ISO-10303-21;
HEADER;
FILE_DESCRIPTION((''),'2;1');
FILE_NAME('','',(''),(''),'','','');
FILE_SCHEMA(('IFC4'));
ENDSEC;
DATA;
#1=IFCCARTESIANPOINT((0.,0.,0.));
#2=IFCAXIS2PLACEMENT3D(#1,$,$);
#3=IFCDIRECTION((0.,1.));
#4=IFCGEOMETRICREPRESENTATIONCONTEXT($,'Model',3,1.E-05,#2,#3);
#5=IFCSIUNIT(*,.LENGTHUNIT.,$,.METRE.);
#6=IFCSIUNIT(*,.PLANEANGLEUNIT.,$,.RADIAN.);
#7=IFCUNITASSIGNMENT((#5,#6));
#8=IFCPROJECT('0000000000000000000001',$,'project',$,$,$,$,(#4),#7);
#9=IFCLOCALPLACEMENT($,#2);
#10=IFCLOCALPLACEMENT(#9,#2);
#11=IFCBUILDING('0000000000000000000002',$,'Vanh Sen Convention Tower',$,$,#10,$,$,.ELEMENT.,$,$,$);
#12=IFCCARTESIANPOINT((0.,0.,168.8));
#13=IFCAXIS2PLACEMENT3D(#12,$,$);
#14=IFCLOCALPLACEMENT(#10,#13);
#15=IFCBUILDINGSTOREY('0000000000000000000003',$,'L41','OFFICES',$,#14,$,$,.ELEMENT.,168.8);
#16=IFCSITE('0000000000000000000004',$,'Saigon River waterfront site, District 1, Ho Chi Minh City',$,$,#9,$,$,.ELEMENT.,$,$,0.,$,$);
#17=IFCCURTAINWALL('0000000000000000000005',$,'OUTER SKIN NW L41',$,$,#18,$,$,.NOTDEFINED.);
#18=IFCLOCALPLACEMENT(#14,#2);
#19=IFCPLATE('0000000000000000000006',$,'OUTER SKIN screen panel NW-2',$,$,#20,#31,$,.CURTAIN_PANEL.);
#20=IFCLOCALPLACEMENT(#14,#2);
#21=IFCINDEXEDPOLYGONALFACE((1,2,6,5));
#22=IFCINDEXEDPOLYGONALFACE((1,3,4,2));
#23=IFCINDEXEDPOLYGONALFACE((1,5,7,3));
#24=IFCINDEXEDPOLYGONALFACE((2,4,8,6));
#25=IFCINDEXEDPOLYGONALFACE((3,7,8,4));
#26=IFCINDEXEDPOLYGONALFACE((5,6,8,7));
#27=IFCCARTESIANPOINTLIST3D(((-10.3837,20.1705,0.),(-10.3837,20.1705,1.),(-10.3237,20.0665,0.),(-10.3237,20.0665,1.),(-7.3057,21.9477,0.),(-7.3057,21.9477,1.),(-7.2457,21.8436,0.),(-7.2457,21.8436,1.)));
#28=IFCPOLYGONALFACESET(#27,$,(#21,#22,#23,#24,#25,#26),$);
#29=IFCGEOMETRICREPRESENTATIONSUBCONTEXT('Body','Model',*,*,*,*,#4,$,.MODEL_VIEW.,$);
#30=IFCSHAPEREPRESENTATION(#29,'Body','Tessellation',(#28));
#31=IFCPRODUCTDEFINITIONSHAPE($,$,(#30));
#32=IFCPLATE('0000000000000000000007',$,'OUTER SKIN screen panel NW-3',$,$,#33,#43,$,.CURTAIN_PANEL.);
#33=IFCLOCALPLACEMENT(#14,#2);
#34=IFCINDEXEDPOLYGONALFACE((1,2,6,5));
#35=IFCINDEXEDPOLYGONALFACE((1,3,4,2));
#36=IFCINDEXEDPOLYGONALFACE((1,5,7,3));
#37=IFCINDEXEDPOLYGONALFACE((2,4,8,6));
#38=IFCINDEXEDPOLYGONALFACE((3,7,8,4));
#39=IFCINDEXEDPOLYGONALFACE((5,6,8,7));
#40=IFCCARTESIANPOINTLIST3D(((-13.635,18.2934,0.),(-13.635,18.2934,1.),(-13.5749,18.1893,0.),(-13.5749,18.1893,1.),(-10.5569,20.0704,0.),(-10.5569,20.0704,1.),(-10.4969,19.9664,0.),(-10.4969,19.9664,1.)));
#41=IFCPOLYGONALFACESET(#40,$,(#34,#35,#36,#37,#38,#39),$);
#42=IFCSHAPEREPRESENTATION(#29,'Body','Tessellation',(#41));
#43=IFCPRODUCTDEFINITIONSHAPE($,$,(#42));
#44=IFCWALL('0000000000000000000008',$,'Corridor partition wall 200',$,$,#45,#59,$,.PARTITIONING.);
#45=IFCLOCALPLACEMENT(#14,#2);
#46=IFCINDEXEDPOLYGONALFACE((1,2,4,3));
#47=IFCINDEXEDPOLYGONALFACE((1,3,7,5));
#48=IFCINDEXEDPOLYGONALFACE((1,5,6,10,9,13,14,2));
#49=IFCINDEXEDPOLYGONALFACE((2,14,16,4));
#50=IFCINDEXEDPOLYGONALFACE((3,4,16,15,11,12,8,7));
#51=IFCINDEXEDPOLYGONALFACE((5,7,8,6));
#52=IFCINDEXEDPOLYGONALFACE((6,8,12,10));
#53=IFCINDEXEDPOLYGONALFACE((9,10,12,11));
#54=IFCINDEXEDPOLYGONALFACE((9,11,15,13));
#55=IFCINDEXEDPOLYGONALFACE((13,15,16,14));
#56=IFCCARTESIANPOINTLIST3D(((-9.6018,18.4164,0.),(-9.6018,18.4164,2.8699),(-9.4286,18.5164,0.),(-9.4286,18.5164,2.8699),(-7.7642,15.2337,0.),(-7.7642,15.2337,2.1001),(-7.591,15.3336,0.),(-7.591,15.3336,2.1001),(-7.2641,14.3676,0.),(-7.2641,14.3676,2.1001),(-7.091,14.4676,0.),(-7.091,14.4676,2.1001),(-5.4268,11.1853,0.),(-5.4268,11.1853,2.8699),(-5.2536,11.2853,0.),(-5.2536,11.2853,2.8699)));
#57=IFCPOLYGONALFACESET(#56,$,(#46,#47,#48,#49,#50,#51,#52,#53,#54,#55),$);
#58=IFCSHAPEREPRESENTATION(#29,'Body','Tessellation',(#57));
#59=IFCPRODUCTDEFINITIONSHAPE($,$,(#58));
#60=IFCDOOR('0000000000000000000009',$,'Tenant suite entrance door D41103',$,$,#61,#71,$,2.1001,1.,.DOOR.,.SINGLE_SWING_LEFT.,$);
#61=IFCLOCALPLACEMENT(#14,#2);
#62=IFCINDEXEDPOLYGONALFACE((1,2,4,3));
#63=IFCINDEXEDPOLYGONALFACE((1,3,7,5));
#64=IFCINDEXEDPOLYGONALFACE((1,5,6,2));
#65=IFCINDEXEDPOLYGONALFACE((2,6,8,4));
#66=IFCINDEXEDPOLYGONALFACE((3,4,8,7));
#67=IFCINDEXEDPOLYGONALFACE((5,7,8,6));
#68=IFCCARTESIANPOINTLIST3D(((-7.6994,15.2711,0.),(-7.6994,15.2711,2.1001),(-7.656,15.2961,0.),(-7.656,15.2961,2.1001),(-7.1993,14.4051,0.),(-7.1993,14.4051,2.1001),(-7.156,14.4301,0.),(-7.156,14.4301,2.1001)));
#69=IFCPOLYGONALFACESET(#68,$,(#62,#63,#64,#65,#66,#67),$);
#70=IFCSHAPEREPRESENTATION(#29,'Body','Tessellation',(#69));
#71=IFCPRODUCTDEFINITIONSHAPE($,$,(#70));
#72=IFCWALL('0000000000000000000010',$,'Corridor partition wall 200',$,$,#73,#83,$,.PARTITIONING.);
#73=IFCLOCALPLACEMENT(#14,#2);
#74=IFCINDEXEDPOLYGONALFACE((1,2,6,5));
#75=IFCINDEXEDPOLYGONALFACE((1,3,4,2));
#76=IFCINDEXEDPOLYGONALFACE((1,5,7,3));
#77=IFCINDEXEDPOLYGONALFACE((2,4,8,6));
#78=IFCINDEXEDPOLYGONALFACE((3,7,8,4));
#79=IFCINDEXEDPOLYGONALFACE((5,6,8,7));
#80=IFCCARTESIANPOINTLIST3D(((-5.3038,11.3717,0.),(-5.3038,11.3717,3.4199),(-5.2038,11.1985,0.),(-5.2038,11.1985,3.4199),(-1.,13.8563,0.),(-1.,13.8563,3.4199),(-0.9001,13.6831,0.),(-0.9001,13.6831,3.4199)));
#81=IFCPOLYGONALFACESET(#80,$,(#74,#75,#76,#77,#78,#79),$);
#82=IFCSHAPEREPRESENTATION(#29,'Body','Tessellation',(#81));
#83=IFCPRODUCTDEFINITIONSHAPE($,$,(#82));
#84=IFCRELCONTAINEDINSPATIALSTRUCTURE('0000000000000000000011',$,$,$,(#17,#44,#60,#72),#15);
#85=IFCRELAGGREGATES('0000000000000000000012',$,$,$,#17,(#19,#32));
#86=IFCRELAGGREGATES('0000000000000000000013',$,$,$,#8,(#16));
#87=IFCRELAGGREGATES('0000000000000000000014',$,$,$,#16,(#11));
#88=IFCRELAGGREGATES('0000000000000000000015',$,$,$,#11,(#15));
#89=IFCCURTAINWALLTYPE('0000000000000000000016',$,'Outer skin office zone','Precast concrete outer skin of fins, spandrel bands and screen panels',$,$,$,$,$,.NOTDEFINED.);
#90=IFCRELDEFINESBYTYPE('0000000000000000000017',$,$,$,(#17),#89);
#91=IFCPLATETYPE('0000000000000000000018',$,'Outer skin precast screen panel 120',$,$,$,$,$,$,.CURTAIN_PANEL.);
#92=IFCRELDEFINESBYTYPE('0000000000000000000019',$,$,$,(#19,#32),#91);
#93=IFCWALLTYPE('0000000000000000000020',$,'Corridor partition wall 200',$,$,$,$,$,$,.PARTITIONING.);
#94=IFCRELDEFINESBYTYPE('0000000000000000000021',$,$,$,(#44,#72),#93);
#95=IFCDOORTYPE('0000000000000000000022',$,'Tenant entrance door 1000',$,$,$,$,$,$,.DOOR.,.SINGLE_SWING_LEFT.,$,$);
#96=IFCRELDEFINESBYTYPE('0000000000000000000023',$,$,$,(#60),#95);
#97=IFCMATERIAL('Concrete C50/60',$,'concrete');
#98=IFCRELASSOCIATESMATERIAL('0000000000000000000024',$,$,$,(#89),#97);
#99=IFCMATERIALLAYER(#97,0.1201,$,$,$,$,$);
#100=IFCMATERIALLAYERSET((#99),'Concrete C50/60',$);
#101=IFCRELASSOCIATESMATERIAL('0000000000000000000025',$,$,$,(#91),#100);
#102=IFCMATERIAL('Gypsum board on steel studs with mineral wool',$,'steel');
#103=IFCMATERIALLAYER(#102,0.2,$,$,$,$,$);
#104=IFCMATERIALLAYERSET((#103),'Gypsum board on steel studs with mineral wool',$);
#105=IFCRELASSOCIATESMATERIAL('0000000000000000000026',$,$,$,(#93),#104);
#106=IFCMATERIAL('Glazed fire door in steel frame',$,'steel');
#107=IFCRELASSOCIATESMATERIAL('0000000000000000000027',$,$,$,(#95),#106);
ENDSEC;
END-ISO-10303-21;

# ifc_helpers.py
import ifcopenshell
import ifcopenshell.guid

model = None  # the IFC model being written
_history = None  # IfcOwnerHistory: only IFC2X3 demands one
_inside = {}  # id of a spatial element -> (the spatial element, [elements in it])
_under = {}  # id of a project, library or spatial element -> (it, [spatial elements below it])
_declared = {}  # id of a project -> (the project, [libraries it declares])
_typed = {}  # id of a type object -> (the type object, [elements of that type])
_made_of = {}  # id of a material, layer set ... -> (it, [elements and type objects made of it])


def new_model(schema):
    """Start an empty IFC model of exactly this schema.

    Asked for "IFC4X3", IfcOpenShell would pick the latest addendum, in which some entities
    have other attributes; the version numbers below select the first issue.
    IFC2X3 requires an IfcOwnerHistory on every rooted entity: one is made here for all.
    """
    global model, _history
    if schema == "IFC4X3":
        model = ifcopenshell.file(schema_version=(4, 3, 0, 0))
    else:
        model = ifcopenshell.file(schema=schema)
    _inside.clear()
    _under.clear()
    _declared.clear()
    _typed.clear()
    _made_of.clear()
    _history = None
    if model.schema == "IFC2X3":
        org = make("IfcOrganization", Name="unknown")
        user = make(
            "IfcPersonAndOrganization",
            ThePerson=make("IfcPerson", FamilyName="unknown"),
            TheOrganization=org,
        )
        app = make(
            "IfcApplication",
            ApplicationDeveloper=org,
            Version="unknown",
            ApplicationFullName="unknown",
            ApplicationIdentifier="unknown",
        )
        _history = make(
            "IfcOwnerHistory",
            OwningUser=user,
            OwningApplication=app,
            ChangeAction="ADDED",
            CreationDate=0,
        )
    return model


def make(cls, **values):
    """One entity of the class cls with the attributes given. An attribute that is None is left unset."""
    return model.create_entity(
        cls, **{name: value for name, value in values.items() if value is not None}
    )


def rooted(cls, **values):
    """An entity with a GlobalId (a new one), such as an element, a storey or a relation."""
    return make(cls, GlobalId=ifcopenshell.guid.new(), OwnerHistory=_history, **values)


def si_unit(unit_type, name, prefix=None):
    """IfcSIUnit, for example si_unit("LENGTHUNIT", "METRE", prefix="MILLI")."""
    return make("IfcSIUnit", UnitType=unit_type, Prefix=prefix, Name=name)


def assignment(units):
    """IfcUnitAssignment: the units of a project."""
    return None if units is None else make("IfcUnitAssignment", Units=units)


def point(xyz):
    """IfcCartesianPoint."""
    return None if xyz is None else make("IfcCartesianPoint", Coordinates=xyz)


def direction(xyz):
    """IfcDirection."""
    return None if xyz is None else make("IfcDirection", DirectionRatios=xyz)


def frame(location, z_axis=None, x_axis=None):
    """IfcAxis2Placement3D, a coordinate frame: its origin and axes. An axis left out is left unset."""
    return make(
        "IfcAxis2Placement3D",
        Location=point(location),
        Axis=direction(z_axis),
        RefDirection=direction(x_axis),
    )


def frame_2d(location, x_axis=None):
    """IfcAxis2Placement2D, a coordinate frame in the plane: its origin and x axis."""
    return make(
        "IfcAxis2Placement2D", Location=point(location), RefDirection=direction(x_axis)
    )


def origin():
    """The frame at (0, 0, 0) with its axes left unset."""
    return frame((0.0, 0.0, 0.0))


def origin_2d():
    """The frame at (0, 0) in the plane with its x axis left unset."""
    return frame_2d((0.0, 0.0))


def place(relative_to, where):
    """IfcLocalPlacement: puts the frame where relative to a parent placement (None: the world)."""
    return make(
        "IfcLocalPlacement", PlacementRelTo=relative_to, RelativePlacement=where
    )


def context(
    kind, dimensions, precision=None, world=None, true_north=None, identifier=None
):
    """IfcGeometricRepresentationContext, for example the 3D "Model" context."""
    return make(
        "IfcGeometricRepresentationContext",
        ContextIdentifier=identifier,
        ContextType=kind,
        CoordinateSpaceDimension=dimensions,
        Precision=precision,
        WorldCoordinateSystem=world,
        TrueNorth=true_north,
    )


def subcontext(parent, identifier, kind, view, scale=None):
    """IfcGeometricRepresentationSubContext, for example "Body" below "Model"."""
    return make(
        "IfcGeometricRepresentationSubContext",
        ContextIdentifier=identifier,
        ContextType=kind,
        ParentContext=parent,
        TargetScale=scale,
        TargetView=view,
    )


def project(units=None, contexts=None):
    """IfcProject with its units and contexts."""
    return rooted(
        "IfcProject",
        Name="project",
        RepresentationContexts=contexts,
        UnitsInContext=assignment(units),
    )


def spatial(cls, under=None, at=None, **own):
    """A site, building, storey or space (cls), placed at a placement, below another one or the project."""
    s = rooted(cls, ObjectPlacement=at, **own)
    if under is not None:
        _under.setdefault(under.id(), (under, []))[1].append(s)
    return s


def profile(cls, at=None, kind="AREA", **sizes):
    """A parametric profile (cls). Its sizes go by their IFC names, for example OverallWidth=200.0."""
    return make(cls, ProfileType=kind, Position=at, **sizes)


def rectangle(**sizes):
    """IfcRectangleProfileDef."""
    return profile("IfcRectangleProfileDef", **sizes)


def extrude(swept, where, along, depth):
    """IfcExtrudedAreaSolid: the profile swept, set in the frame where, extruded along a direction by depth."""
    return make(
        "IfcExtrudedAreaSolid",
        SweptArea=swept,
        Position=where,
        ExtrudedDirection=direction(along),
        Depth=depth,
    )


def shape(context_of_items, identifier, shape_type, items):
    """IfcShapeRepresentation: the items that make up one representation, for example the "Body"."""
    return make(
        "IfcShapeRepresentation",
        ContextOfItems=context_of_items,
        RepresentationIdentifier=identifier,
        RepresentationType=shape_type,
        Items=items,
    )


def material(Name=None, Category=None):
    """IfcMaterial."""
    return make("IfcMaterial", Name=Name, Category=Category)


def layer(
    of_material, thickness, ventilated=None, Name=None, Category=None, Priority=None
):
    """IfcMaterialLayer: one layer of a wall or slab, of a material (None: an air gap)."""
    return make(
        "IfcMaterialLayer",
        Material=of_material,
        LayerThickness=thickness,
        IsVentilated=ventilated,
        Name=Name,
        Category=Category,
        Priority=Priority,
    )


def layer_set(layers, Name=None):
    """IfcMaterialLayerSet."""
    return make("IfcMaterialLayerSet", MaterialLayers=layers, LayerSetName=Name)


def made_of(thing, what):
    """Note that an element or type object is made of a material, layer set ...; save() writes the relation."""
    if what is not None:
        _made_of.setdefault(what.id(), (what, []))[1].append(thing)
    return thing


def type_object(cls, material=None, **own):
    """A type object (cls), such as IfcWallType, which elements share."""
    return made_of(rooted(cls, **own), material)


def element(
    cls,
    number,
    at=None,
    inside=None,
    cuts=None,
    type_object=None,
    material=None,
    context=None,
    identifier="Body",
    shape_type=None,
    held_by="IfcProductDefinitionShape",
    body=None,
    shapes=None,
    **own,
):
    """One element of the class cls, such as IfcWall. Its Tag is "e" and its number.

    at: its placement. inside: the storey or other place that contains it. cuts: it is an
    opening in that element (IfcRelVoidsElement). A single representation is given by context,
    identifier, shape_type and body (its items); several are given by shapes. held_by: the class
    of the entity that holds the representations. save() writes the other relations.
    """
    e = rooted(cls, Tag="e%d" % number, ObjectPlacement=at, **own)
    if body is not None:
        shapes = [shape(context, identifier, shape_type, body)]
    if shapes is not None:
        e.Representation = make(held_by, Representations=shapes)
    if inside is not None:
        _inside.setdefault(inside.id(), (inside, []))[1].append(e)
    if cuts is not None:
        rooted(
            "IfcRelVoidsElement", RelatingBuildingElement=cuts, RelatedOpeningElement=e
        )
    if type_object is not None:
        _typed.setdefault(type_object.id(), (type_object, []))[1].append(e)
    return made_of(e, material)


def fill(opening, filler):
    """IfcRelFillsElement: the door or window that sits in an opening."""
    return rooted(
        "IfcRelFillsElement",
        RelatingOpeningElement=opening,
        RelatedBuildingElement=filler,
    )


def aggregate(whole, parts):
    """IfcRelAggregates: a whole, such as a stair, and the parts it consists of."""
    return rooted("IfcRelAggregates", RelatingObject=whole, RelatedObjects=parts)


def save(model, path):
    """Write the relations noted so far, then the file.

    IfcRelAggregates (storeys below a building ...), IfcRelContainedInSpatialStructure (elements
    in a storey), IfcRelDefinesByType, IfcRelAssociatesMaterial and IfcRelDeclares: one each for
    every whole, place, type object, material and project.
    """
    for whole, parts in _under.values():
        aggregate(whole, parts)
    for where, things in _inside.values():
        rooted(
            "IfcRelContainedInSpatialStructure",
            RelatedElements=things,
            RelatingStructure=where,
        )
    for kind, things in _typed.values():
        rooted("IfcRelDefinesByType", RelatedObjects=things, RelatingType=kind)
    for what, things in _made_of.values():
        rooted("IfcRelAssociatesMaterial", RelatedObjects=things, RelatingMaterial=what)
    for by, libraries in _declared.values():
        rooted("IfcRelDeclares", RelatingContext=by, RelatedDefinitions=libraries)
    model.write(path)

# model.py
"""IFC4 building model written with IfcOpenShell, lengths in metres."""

from ifc_helpers import new_model, si_unit, direction, frame, frame_2d, origin, origin_2d, place, context, subcontext, project, spatial, rectangle, extrude, material, layer, layer_set, type_object, element, fill, aggregate, save


model = new_model("IFC4")

# Units and contexts
model_context = context("Model", 3, precision=1e-05, world=origin(), true_north=direction((0.0, 1.0)))
body_context = subcontext(model_context, "Body", "Model", "MODEL_VIEW")
ifc_project = project(units=[si_unit("LENGTHUNIT", "METRE"), si_unit("PLANEANGLEUNIT", "RADIAN")], contexts=[model_context])

# Site, building, storey
site_placement = place(None, origin())
site = spatial("IfcSite", under=ifc_project, at=site_placement, Name="Saigon River waterfront site, District 1, Ho Chi Minh City", CompositionType="ELEMENT", RefElevation=0.0)
building_placement = place(site_placement, origin())
building = spatial("IfcBuilding", under=site, at=building_placement, Name="Vanh Sen Convention Tower", CompositionType="ELEMENT")
storey_placement = place(building_placement, frame((0.0, 0.0, 168.8)))
storey = spatial("IfcBuildingStorey", under=building, at=storey_placement, Name="L41", Description="OFFICES", CompositionType="ELEMENT", Elevation=168.8)

# Curtain wall
ifc_material_1 = material(Name="Concrete C50/60", Category="concrete")
curtain_wall_type = type_object("IfcCurtainWallType", Name="Outer skin office zone", Description="Precast concrete outer skin of fins, spandrel bands and screen panels", PredefinedType="NOTDEFINED", material=ifc_material_1)
curtain_wall_1_placement = place(storey_placement, origin())
curtain_wall_1 = element("IfcCurtainWall", 1, at=curtain_wall_1_placement, inside=storey, type_object=curtain_wall_type, Name="OUTER SKIN NW L41", PredefinedType="NOTDEFINED")

# Shared definitions
ifc_layer_1 = layer(ifc_material_1, 0.1201)
ifc_layer_set_1 = layer_set([ifc_layer_1], Name="Concrete C50/60")
plate_type = type_object("IfcPlateType", Name="Outer skin precast screen panel 120", PredefinedType="CURTAIN_PANEL", material=ifc_layer_set_1)

# Plates
plate_1_placement = place(storey_placement, frame((-8.8147, 21.0071, 0.0), z_axis=(0.0, 0.0, 1.0), x_axis=(-0.866017, -0.500015, 0.0)))
plate_1 = element("IfcPlate", 2, at=plate_1_placement, type_object=plate_type, Name="OUTER SKIN screen panel NW-2", PredefinedType="CURTAIN_PANEL", context=body_context, shape_type="SweptSolid", body=[
    extrude(rectangle(XDim=3.5542, YDim=0.1201, at=origin_2d()), origin(), (0.0, 0.0, 1.0), 1.0),
])
plate_2_placement = place(storey_placement, frame((-12.0659, 19.1299, 0.0), z_axis=(0.0, 0.0, 1.0), x_axis=(-0.866035, -0.499983, 0.0)))
plate_2 = element("IfcPlate", 3, at=plate_2_placement, type_object=plate_type, Name="OUTER SKIN screen panel NW-3", PredefinedType="CURTAIN_PANEL", context=body_context, shape_type="SweptSolid", body=[
    extrude(rectangle(XDim=3.5542, YDim=0.1201, at=origin_2d()), origin(), (0.0, 0.0, 1.0), 1.0),
])
aggregate(curtain_wall_1, [plate_1, plate_2])

# Wall, opening, door
ifc_material_2 = material(Name="Gypsum board on steel studs with mineral wool", Category="steel")
ifc_layer_2 = layer(ifc_material_2, 0.2)
ifc_layer_set_2 = layer_set([ifc_layer_2], Name="Gypsum board on steel studs with mineral wool")
wall_type_1 = type_object("IfcWallType", Name="Corridor partition wall 200", PredefinedType="PARTITIONING", material=ifc_layer_set_2)
wall_1_placement = place(storey_placement, frame((-9.5151, 18.4663, 0.0), z_axis=(0.0, 0.0, 1.0), x_axis=(0.50001, -0.86602, 0.0)))
wall_1 = element("IfcWall", 4, at=wall_1_placement, inside=storey, type_object=wall_type_1, Name="Corridor partition wall 200", PredefinedType="PARTITIONING", context=body_context, shape_type="SweptSolid", body=[
    extrude(rectangle(XDim=8.3499, YDim=0.2, at=frame_2d((4.1748, 0.0))), origin(), (0.0, 0.0, 1.0), 2.8699),
])
opening_1_placement = place(wall_1_placement, frame((3.675, 0.0, 0.0)))
opening_1 = element("IfcOpeningElement", 5, at=opening_1_placement, cuts=wall_1, PredefinedType="OPENING", context=body_context, shape_type="SweptSolid", body=[
    extrude(rectangle(XDim=1.0, YDim=2.1001, at=frame_2d((0.5, 1.05))), frame((0.0, 0.1099, 0.0), z_axis=(0.0, -1.0, 0.0), x_axis=(1.0, 0.0, 0.0)), (0.0, 0.0, 1.0), 0.22),
])
ifc_material_3 = material(Name="Glazed fire door in steel frame", Category="steel")
door_type = type_object("IfcDoorType", Name="Tenant entrance door 1000", OperationType="SINGLE_SWING_LEFT", PredefinedType="DOOR", material=ifc_material_3)
door_placement = place(opening_1_placement, origin())
door = element("IfcDoor", 6, at=door_placement, inside=storey, type_object=door_type, Name="Tenant suite entrance door D41103", OperationType="SINGLE_SWING_LEFT", OverallHeight=2.1001, OverallWidth=1.0, PredefinedType="DOOR", context=body_context, shape_type="SweptSolid", body=[
    extrude(rectangle(XDim=1.0, YDim=2.1001, at=frame_2d((0.5, 1.05))), frame((0.0, 0.0249, 0.0), z_axis=(0.0, -1.0, 0.0), x_axis=(1.0, 0.0, 0.0)), (0.0, 0.0, 1.0), 0.05),
])
fill(opening_1, door)

# Wall
wall_2_placement = place(storey_placement, frame((-0.95, 13.7698, 0.0), z_axis=(0.0, 0.0, 1.0), x_axis=(-0.866037, -0.49998, 0.0)))
element("IfcWall", 7, at=wall_2_placement, inside=storey, type_object=wall_type_1, Name="Corridor partition wall 200", PredefinedType="PARTITIONING", context=body_context, shape_type="SweptSolid", body=[
    extrude(rectangle(XDim=4.9695, YDim=0.2, at=frame_2d((2.4849, 0.0))), origin(), (0.0, 0.0, 1.0), 3.4199),
])

save(model, "model.ifc")
